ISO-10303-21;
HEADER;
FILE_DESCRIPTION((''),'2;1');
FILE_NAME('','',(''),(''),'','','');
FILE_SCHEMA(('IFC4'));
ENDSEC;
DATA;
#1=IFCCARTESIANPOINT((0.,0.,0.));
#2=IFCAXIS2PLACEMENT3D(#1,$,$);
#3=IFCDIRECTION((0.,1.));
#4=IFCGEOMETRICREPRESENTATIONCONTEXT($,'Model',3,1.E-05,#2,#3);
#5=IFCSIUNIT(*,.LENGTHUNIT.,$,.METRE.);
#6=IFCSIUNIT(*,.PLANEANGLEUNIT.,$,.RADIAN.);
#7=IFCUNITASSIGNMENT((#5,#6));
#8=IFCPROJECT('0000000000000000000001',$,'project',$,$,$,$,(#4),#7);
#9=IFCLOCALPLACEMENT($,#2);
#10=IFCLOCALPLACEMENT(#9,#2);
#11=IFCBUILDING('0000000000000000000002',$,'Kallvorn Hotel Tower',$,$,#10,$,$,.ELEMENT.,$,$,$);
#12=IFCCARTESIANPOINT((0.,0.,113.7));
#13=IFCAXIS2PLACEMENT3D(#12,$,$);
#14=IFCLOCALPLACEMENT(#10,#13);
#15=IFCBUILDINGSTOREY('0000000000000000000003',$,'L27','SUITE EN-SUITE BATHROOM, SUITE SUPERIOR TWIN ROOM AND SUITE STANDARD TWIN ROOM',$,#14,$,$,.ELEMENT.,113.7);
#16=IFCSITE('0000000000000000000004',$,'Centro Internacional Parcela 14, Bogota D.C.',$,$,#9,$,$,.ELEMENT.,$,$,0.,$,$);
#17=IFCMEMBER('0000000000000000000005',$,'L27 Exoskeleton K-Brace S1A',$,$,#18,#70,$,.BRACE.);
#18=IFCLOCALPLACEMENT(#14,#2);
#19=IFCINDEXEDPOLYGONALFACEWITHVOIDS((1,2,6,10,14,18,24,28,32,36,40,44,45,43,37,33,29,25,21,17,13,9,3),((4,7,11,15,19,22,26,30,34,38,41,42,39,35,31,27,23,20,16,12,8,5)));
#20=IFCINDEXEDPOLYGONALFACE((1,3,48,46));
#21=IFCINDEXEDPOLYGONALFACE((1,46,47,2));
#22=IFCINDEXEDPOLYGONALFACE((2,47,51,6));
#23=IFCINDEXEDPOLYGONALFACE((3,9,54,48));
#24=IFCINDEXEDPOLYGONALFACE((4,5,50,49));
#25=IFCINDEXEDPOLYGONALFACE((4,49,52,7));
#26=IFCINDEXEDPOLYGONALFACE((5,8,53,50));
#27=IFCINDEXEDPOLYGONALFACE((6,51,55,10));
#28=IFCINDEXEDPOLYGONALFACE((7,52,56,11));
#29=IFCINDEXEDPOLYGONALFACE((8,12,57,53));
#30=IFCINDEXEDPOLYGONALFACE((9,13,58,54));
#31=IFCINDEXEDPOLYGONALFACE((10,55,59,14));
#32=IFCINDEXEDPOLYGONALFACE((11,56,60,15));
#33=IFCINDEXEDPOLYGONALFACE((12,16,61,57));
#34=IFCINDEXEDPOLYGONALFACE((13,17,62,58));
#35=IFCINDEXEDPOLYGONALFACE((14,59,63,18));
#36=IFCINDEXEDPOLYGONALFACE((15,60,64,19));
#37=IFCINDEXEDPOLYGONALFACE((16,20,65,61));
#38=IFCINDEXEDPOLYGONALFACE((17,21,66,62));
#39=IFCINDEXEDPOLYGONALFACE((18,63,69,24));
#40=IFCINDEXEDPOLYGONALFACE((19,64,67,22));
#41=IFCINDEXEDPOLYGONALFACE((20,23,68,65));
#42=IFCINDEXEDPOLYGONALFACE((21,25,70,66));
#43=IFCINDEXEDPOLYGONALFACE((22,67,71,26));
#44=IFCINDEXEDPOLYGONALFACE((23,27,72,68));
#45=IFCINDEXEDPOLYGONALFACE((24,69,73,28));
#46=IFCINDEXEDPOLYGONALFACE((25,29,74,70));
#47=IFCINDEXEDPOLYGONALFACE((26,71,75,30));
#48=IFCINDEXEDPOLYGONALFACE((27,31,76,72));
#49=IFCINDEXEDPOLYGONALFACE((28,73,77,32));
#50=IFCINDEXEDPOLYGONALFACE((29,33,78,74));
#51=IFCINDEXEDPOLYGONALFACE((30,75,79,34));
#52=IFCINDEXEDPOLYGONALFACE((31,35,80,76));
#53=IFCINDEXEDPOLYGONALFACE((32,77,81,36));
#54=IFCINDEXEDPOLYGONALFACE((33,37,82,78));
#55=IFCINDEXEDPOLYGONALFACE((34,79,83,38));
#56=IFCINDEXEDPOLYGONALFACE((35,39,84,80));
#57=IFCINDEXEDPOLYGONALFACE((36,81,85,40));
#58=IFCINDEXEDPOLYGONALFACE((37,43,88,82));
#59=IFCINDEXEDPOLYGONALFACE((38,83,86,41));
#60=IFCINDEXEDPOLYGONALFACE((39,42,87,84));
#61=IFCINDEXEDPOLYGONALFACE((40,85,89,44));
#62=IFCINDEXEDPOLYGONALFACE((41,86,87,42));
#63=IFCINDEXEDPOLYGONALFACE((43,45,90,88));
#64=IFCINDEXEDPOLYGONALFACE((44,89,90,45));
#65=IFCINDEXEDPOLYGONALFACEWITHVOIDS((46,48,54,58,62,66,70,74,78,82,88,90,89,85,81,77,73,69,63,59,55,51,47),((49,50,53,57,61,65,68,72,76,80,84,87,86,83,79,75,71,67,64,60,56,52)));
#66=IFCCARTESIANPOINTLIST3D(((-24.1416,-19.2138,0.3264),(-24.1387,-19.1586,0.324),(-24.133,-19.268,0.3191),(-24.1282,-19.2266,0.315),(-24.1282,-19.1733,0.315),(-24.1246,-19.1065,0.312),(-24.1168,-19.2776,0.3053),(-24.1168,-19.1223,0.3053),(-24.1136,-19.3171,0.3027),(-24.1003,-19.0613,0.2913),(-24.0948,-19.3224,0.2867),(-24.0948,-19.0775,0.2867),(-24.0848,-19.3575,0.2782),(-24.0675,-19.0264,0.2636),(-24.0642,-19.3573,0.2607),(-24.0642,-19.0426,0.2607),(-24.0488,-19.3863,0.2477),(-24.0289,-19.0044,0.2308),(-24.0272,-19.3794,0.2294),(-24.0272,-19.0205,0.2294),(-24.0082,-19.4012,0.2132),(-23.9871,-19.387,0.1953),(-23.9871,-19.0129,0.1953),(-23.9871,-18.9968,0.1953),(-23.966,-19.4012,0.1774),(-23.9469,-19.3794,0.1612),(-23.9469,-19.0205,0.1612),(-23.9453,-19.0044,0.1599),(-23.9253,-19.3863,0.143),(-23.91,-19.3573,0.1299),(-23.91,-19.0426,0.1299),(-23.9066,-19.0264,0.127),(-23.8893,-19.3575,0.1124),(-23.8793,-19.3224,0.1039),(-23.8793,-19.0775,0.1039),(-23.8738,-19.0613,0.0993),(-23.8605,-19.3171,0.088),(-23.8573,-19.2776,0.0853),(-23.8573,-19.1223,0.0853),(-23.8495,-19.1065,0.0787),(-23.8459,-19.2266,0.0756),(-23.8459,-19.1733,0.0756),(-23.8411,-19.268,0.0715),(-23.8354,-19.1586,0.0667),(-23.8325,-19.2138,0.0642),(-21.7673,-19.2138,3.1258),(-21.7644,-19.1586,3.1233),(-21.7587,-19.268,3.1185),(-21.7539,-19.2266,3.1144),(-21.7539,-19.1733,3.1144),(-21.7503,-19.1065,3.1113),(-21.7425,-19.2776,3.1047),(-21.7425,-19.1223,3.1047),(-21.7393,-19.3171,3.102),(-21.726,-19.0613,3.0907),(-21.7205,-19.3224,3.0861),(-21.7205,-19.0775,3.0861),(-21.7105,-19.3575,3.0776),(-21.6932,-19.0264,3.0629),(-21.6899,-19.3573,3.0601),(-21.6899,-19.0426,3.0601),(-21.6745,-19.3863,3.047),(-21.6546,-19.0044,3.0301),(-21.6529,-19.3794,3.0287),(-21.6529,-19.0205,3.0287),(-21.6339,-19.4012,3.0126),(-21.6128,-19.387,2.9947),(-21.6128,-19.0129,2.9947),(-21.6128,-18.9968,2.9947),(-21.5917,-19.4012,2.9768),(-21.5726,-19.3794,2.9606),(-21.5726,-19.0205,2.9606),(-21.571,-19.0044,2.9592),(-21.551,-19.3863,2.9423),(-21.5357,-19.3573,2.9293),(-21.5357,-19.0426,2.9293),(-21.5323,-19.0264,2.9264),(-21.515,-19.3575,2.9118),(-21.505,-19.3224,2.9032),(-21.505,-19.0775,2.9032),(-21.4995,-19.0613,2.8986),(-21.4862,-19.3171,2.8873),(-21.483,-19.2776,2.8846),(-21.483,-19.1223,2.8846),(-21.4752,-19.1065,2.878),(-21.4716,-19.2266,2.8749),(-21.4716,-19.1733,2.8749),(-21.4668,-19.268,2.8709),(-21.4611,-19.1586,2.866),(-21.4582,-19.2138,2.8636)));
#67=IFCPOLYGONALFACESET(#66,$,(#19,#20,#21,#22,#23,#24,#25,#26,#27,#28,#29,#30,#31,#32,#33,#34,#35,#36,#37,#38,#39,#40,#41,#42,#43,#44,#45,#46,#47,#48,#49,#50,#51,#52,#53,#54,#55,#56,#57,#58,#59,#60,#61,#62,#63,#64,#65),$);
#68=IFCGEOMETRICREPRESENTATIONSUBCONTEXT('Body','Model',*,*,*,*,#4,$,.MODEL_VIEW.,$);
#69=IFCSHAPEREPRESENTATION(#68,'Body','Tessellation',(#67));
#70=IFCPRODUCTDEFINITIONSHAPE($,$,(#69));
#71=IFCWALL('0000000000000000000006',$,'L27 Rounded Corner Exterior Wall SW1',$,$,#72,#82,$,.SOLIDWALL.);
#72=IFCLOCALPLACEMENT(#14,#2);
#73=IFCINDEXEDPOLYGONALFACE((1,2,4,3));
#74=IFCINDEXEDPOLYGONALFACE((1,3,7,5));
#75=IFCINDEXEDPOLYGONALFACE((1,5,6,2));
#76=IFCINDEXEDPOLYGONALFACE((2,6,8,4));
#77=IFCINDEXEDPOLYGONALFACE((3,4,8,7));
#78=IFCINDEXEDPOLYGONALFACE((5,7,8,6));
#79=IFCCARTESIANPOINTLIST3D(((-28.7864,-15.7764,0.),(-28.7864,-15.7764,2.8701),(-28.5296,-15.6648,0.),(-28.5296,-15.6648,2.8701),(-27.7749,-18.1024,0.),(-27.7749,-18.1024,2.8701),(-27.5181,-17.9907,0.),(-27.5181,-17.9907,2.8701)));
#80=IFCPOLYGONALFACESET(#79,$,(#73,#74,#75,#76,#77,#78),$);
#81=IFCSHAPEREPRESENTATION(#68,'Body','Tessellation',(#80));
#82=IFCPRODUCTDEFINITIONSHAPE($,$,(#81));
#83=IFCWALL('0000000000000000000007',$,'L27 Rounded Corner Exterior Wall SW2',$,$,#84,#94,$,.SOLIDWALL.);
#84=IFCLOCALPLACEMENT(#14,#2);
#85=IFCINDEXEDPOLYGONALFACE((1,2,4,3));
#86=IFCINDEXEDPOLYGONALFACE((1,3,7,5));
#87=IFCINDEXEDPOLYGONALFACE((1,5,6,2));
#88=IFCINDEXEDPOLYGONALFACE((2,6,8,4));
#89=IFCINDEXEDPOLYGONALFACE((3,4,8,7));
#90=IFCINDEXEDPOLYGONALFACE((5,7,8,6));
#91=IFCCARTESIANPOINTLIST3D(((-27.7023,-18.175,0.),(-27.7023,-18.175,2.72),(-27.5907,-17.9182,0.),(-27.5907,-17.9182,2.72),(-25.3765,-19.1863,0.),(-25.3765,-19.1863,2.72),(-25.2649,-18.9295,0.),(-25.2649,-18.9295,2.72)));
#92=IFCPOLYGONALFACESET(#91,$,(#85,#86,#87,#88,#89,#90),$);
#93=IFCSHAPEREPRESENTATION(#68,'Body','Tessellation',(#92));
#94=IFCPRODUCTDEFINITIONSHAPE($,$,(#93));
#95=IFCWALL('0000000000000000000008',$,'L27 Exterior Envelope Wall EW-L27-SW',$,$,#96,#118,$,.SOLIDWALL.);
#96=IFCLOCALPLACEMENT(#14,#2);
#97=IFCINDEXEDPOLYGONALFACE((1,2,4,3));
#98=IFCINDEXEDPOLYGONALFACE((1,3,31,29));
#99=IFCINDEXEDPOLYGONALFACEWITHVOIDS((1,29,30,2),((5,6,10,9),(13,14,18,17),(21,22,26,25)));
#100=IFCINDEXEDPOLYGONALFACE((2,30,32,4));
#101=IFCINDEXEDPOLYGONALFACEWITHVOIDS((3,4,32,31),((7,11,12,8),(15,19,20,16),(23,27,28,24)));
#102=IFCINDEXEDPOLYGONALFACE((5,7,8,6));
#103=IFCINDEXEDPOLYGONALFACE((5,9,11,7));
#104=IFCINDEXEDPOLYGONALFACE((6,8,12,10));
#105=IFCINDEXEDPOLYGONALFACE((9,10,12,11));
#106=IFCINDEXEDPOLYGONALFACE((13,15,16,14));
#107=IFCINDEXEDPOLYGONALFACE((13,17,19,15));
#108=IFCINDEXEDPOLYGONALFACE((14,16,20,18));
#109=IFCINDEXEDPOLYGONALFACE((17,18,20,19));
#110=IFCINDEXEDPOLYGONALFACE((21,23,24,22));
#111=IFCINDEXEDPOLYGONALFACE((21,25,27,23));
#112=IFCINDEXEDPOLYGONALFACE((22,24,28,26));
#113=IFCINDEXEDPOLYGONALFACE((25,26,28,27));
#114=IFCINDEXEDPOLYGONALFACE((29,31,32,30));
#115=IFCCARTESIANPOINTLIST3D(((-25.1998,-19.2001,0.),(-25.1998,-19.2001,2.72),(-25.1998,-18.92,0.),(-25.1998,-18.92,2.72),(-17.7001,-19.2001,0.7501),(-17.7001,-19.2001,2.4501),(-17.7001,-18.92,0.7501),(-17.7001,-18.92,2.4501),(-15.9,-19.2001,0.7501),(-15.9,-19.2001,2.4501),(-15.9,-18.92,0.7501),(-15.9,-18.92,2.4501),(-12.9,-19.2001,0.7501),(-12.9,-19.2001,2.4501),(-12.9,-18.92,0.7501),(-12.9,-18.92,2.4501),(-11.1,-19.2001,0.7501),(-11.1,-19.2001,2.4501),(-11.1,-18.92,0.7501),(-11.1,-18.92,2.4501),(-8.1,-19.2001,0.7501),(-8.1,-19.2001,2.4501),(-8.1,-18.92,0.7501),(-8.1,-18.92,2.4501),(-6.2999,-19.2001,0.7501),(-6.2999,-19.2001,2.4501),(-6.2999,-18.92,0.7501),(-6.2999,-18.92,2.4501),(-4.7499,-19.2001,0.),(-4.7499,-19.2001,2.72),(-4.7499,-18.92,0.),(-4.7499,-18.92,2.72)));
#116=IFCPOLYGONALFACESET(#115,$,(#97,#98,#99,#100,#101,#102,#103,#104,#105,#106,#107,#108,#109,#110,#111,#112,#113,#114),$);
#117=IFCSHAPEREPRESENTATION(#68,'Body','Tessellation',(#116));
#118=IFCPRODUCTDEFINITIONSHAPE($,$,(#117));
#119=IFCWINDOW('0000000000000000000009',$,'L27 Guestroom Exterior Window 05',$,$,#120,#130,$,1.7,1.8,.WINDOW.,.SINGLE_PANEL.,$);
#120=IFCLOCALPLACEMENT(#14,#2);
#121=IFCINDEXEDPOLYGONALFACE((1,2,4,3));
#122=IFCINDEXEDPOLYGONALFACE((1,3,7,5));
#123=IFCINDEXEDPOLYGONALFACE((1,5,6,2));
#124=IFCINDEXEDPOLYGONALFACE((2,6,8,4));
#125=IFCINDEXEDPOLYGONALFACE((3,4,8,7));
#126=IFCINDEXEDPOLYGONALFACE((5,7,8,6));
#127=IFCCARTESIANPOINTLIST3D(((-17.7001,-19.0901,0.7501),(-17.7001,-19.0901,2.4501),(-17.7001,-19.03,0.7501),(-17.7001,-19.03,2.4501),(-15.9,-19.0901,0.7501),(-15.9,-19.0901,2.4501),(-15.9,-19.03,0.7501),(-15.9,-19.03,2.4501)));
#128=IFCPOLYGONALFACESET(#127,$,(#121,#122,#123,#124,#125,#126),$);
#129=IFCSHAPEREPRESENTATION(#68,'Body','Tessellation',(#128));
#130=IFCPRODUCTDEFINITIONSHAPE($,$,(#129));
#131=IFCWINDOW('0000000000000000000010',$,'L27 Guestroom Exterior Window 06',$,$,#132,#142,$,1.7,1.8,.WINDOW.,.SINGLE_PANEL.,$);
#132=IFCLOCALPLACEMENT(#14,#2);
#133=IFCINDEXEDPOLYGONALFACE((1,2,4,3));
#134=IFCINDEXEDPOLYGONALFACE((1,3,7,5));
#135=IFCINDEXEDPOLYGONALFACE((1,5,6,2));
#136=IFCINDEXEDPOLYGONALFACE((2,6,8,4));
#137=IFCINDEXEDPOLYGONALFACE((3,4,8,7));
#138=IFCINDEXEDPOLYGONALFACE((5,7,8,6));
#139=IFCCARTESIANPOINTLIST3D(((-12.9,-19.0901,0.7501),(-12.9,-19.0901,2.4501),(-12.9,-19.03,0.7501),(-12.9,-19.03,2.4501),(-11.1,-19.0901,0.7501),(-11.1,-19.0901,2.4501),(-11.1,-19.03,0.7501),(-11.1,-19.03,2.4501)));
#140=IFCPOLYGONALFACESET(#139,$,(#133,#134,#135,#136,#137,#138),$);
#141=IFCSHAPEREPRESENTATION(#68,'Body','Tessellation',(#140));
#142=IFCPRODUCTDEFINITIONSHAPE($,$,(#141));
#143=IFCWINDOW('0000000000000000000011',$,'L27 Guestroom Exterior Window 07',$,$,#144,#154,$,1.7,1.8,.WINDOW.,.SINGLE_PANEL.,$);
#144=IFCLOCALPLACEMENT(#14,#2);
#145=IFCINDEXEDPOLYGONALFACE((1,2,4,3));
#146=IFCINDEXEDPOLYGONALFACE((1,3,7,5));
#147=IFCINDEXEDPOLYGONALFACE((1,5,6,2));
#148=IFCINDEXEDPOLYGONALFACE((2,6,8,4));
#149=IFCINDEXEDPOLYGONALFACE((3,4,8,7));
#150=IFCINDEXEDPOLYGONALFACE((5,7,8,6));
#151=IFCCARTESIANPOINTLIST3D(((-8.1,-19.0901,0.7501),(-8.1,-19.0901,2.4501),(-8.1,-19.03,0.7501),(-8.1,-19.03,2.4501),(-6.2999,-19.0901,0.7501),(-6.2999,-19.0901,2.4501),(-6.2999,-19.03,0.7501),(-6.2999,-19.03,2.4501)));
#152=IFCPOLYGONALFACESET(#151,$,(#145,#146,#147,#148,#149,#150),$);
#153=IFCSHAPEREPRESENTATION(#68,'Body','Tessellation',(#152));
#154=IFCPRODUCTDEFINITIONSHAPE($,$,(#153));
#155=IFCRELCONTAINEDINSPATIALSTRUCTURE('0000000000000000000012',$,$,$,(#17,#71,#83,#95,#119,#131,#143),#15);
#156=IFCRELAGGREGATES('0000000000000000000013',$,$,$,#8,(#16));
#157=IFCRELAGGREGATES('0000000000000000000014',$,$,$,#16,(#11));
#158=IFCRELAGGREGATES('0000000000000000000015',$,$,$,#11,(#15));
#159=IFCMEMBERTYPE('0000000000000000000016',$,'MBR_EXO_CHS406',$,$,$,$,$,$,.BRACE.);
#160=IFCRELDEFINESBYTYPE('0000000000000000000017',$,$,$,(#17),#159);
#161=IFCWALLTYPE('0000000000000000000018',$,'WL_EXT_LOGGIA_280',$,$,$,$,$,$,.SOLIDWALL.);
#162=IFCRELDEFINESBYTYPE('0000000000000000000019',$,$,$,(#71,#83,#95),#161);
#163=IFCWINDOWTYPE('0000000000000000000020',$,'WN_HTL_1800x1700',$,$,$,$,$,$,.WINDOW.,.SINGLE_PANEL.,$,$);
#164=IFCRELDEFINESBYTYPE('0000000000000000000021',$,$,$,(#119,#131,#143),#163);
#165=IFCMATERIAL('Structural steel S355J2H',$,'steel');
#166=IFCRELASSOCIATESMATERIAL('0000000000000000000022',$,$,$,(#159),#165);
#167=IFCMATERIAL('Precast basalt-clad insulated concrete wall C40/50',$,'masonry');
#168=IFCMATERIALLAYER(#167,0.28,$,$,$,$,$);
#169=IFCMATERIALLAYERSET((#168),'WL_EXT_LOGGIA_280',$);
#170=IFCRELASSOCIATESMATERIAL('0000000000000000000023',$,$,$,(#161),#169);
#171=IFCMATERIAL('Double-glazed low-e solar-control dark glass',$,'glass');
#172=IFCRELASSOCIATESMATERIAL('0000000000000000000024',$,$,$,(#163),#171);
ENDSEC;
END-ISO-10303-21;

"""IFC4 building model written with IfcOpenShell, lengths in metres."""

from ifc_helpers import new_model, si_unit, direction, frame, frame_2d, origin, origin_2d, place, context, subcontext, project, spatial, rectangle, hollow_circle, extrude, material, layer, layer_set, material_profile, profile_set, type_object, element, fill, save


model = new_model("IFC4")

# Units and contexts
model_context = context("Model", 3, precision=1e-05, world=origin(), true_north=direction((0.0, 1.0)))
body_context = subcontext(model_context, "Body", "Model", "MODEL_VIEW")
ifc_project = project(units=[si_unit("LENGTHUNIT", "METRE"), si_unit("PLANEANGLEUNIT", "RADIAN")], contexts=[model_context])

# Site, building, storey
site_placement = place(None, origin())
site = spatial("IfcSite", under=ifc_project, at=site_placement, Name="Centro Internacional Parcela 14, Bogota D.C.", CompositionType="ELEMENT", RefElevation=0.0)
building_placement = place(site_placement, origin())
building = spatial("IfcBuilding", under=site, at=building_placement, Name="Kallvorn Hotel Tower", CompositionType="ELEMENT")
storey_placement = place(building_placement, frame((0.0, 0.0, 113.7)))
storey = spatial("IfcBuildingStorey", under=building, at=storey_placement, Name="L27", Description="SUITE EN-SUITE BATHROOM, SUITE SUPERIOR TWIN ROOM AND SUITE STANDARD TWIN ROOM", CompositionType="ELEMENT", Elevation=113.7)

# Member
ifc_material_1 = material(Name="Structural steel S355J2H", Category="steel")
ifc_material_profile_1 = material_profile(ifc_material_1, hollow_circle(Radius=0.2031, WallThickness=0.0161, at=origin_2d()), Name="CHS 406.4x16")
ifc_profile_set_1 = profile_set([ifc_material_profile_1], Name="Structural steel S355J2H")
member_type = type_object("IfcMemberType", Name="MBR_EXO_CHS406", PredefinedType="BRACE", material=ifc_profile_set_1)
member_placement = place(storey_placement, frame((-23.9871, -19.2, 0.1953), z_axis=(0.646833, 0.0, 0.762631), x_axis=(0.0, 1.0, 0.0)))
element("IfcMember", 1, at=member_placement, inside=storey, type_object=member_type, Name="L27 Exoskeleton K-Brace S1A", PredefinedType="BRACE", context=body_context, shape_type="SweptSolid", body=[
    extrude(hollow_circle(Radius=0.2031, WallThickness=0.0161, at=origin_2d()), origin(), (0.0, 0.0, 1.0), 3.6707),
])

# Walls
ifc_material_2 = material(Name="Precast basalt-clad insulated concrete wall C40/50", Category="masonry")
ifc_layer = layer(ifc_material_2, 0.28)
ifc_layer_set = layer_set([ifc_layer], Name="WL_EXT_LOGGIA_280")
wall_type = type_object("IfcWallType", Name="WL_EXT_LOGGIA_280", PredefinedType="SOLIDWALL", material=ifc_layer_set)
wall_1_placement = place(storey_placement, frame((-28.658, -15.7207, 0.0), z_axis=(0.0, 0.0, 1.0), x_axis=(0.398793, -0.917041, 0.0)))
element("IfcWall", 2, at=wall_1_placement, inside=storey, type_object=wall_type, Name="L27 Rounded Corner Exterior Wall SW1", PredefinedType="SOLIDWALL", context=body_context, shape_type="SweptSolid", body=[
    extrude(rectangle(XDim=2.5364, YDim=0.28, at=frame_2d((1.2681, 0.0))), origin(), (0.0, 0.0, 1.0), 2.8701),
])
wall_2_placement = place(storey_placement, frame((-27.6465, -18.0466, 0.0), z_axis=(0.0, 0.0, 1.0), x_axis=(0.917061, -0.398747, 0.0)))
element("IfcWall", 3, at=wall_2_placement, inside=storey, type_object=wall_type, Name="L27 Rounded Corner Exterior Wall SW2", PredefinedType="SOLIDWALL", context=body_context, shape_type="SweptSolid", body=[
    extrude(rectangle(XDim=2.5361, YDim=0.28, at=frame_2d((1.2681, 0.0))), origin(), (0.0, 0.0, 1.0), 2.72),
])

# Wall, openings, windows
wall_3_placement = place(storey_placement, frame((-25.2, -19.0601, 0.0), z_axis=(0.0, 0.0, 1.0), x_axis=(1.0, 0.0, 0.0)))
wall_3 = element("IfcWall", 4, at=wall_3_placement, inside=storey, type_object=wall_type, Name="L27 Exterior Envelope Wall EW-L27-SW", PredefinedType="SOLIDWALL", context=body_context, shape_type="SweptSolid", body=[
    extrude(rectangle(XDim=20.45, YDim=0.28, at=frame_2d((10.2251, 0.0))), origin(), (0.0, 0.0, 1.0), 2.72),
])
opening_1_placement = place(wall_3_placement, frame((7.5, 0.0, 0.75)))
opening_1 = element("IfcOpeningElement", 5, at=opening_1_placement, cuts=wall_3, PredefinedType="OPENING", context=body_context, shape_type="SweptSolid", body=[
    extrude(rectangle(XDim=1.8, YDim=1.7, at=frame_2d((0.8999, 0.8501))), frame((0.0, 0.155, 0.0), z_axis=(0.0, -1.0, 0.0), x_axis=(1.0, 0.0, 0.0)), (0.0, 0.0, 1.0), 0.3101),
])
opening_2_placement = place(wall_3_placement, frame((12.3, 0.0, 0.75)))
opening_2 = element("IfcOpeningElement", 6, at=opening_2_placement, cuts=wall_3, PredefinedType="OPENING", context=body_context, shape_type="SweptSolid", body=[
    extrude(rectangle(XDim=1.8, YDim=1.7, at=frame_2d((0.8999, 0.8501))), frame((0.0, 0.155, 0.0), z_axis=(0.0, -1.0, 0.0), x_axis=(1.0, 0.0, 0.0)), (0.0, 0.0, 1.0), 0.3101),
])
opening_3_placement = place(wall_3_placement, frame((17.1001, 0.0, 0.75)))
opening_3 = element("IfcOpeningElement", 7, at=opening_3_placement, cuts=wall_3, PredefinedType="OPENING", context=body_context, shape_type="SweptSolid", body=[
    extrude(rectangle(XDim=1.8, YDim=1.7, at=frame_2d((0.8999, 0.8501))), frame((0.0, 0.155, 0.0), z_axis=(0.0, -1.0, 0.0), x_axis=(1.0, 0.0, 0.0)), (0.0, 0.0, 1.0), 0.3101),
])
ifc_material_3 = material(Name="Double-glazed low-e solar-control dark glass", Category="glass")
window_type_1 = type_object("IfcWindowType", Name="WN_HTL_1800x1700", PartitioningType="SINGLE_PANEL", PredefinedType="WINDOW", material=ifc_material_3)
window_1_placement = place(opening_1_placement, origin())
window_1 = element("IfcWindow", 8, at=window_1_placement, inside=storey, type_object=window_type_1, Name="L27 Guestroom Exterior Window 05", OverallHeight=1.7, OverallWidth=1.8, PartitioningType="SINGLE_PANEL", PredefinedType="WINDOW", context=body_context, shape_type="SweptSolid", body=[
    extrude(rectangle(XDim=1.8, YDim=1.7, at=frame_2d((0.8999, 0.8501))), frame((0.0, 0.03, 0.0), z_axis=(0.0, -1.0, 0.0), x_axis=(1.0, 0.0, 0.0)), (0.0, 0.0, 1.0), 0.0601),
])
fill(opening_1, window_1)
window_2_placement = place(opening_2_placement, origin())
window_2 = element("IfcWindow", 9, at=window_2_placement, inside=storey, type_object=window_type_1, Name="L27 Guestroom Exterior Window 06", OverallHeight=1.7, OverallWidth=1.8, PartitioningType="SINGLE_PANEL", PredefinedType="WINDOW", context=body_context, shape_type="SweptSolid", body=[
    extrude(rectangle(XDim=1.8, YDim=1.7, at=frame_2d((0.8999, 0.8501))), frame((0.0, 0.03, 0.0), z_axis=(0.0, -1.0, 0.0), x_axis=(1.0, 0.0, 0.0)), (0.0, 0.0, 1.0), 0.0601),
])
fill(opening_2, window_2)
window_3_placement = place(opening_3_placement, origin())
window_3 = element("IfcWindow", 10, at=window_3_placement, inside=storey, type_object=window_type_1, Name="L27 Guestroom Exterior Window 07", OverallHeight=1.7, OverallWidth=1.8, PartitioningType="SINGLE_PANEL", PredefinedType="WINDOW", context=body_context, shape_type="SweptSolid", body=[
    extrude(rectangle(XDim=1.8, YDim=1.7, at=frame_2d((0.8999, 0.8501))), frame((0.0, 0.03, 0.0), z_axis=(0.0, -1.0, 0.0), x_axis=(1.0, 0.0, 0.0)), (0.0, 0.0, 1.0), 0.0601),
])
fill(opening_3, window_3)

save(model, "model.ifc")
